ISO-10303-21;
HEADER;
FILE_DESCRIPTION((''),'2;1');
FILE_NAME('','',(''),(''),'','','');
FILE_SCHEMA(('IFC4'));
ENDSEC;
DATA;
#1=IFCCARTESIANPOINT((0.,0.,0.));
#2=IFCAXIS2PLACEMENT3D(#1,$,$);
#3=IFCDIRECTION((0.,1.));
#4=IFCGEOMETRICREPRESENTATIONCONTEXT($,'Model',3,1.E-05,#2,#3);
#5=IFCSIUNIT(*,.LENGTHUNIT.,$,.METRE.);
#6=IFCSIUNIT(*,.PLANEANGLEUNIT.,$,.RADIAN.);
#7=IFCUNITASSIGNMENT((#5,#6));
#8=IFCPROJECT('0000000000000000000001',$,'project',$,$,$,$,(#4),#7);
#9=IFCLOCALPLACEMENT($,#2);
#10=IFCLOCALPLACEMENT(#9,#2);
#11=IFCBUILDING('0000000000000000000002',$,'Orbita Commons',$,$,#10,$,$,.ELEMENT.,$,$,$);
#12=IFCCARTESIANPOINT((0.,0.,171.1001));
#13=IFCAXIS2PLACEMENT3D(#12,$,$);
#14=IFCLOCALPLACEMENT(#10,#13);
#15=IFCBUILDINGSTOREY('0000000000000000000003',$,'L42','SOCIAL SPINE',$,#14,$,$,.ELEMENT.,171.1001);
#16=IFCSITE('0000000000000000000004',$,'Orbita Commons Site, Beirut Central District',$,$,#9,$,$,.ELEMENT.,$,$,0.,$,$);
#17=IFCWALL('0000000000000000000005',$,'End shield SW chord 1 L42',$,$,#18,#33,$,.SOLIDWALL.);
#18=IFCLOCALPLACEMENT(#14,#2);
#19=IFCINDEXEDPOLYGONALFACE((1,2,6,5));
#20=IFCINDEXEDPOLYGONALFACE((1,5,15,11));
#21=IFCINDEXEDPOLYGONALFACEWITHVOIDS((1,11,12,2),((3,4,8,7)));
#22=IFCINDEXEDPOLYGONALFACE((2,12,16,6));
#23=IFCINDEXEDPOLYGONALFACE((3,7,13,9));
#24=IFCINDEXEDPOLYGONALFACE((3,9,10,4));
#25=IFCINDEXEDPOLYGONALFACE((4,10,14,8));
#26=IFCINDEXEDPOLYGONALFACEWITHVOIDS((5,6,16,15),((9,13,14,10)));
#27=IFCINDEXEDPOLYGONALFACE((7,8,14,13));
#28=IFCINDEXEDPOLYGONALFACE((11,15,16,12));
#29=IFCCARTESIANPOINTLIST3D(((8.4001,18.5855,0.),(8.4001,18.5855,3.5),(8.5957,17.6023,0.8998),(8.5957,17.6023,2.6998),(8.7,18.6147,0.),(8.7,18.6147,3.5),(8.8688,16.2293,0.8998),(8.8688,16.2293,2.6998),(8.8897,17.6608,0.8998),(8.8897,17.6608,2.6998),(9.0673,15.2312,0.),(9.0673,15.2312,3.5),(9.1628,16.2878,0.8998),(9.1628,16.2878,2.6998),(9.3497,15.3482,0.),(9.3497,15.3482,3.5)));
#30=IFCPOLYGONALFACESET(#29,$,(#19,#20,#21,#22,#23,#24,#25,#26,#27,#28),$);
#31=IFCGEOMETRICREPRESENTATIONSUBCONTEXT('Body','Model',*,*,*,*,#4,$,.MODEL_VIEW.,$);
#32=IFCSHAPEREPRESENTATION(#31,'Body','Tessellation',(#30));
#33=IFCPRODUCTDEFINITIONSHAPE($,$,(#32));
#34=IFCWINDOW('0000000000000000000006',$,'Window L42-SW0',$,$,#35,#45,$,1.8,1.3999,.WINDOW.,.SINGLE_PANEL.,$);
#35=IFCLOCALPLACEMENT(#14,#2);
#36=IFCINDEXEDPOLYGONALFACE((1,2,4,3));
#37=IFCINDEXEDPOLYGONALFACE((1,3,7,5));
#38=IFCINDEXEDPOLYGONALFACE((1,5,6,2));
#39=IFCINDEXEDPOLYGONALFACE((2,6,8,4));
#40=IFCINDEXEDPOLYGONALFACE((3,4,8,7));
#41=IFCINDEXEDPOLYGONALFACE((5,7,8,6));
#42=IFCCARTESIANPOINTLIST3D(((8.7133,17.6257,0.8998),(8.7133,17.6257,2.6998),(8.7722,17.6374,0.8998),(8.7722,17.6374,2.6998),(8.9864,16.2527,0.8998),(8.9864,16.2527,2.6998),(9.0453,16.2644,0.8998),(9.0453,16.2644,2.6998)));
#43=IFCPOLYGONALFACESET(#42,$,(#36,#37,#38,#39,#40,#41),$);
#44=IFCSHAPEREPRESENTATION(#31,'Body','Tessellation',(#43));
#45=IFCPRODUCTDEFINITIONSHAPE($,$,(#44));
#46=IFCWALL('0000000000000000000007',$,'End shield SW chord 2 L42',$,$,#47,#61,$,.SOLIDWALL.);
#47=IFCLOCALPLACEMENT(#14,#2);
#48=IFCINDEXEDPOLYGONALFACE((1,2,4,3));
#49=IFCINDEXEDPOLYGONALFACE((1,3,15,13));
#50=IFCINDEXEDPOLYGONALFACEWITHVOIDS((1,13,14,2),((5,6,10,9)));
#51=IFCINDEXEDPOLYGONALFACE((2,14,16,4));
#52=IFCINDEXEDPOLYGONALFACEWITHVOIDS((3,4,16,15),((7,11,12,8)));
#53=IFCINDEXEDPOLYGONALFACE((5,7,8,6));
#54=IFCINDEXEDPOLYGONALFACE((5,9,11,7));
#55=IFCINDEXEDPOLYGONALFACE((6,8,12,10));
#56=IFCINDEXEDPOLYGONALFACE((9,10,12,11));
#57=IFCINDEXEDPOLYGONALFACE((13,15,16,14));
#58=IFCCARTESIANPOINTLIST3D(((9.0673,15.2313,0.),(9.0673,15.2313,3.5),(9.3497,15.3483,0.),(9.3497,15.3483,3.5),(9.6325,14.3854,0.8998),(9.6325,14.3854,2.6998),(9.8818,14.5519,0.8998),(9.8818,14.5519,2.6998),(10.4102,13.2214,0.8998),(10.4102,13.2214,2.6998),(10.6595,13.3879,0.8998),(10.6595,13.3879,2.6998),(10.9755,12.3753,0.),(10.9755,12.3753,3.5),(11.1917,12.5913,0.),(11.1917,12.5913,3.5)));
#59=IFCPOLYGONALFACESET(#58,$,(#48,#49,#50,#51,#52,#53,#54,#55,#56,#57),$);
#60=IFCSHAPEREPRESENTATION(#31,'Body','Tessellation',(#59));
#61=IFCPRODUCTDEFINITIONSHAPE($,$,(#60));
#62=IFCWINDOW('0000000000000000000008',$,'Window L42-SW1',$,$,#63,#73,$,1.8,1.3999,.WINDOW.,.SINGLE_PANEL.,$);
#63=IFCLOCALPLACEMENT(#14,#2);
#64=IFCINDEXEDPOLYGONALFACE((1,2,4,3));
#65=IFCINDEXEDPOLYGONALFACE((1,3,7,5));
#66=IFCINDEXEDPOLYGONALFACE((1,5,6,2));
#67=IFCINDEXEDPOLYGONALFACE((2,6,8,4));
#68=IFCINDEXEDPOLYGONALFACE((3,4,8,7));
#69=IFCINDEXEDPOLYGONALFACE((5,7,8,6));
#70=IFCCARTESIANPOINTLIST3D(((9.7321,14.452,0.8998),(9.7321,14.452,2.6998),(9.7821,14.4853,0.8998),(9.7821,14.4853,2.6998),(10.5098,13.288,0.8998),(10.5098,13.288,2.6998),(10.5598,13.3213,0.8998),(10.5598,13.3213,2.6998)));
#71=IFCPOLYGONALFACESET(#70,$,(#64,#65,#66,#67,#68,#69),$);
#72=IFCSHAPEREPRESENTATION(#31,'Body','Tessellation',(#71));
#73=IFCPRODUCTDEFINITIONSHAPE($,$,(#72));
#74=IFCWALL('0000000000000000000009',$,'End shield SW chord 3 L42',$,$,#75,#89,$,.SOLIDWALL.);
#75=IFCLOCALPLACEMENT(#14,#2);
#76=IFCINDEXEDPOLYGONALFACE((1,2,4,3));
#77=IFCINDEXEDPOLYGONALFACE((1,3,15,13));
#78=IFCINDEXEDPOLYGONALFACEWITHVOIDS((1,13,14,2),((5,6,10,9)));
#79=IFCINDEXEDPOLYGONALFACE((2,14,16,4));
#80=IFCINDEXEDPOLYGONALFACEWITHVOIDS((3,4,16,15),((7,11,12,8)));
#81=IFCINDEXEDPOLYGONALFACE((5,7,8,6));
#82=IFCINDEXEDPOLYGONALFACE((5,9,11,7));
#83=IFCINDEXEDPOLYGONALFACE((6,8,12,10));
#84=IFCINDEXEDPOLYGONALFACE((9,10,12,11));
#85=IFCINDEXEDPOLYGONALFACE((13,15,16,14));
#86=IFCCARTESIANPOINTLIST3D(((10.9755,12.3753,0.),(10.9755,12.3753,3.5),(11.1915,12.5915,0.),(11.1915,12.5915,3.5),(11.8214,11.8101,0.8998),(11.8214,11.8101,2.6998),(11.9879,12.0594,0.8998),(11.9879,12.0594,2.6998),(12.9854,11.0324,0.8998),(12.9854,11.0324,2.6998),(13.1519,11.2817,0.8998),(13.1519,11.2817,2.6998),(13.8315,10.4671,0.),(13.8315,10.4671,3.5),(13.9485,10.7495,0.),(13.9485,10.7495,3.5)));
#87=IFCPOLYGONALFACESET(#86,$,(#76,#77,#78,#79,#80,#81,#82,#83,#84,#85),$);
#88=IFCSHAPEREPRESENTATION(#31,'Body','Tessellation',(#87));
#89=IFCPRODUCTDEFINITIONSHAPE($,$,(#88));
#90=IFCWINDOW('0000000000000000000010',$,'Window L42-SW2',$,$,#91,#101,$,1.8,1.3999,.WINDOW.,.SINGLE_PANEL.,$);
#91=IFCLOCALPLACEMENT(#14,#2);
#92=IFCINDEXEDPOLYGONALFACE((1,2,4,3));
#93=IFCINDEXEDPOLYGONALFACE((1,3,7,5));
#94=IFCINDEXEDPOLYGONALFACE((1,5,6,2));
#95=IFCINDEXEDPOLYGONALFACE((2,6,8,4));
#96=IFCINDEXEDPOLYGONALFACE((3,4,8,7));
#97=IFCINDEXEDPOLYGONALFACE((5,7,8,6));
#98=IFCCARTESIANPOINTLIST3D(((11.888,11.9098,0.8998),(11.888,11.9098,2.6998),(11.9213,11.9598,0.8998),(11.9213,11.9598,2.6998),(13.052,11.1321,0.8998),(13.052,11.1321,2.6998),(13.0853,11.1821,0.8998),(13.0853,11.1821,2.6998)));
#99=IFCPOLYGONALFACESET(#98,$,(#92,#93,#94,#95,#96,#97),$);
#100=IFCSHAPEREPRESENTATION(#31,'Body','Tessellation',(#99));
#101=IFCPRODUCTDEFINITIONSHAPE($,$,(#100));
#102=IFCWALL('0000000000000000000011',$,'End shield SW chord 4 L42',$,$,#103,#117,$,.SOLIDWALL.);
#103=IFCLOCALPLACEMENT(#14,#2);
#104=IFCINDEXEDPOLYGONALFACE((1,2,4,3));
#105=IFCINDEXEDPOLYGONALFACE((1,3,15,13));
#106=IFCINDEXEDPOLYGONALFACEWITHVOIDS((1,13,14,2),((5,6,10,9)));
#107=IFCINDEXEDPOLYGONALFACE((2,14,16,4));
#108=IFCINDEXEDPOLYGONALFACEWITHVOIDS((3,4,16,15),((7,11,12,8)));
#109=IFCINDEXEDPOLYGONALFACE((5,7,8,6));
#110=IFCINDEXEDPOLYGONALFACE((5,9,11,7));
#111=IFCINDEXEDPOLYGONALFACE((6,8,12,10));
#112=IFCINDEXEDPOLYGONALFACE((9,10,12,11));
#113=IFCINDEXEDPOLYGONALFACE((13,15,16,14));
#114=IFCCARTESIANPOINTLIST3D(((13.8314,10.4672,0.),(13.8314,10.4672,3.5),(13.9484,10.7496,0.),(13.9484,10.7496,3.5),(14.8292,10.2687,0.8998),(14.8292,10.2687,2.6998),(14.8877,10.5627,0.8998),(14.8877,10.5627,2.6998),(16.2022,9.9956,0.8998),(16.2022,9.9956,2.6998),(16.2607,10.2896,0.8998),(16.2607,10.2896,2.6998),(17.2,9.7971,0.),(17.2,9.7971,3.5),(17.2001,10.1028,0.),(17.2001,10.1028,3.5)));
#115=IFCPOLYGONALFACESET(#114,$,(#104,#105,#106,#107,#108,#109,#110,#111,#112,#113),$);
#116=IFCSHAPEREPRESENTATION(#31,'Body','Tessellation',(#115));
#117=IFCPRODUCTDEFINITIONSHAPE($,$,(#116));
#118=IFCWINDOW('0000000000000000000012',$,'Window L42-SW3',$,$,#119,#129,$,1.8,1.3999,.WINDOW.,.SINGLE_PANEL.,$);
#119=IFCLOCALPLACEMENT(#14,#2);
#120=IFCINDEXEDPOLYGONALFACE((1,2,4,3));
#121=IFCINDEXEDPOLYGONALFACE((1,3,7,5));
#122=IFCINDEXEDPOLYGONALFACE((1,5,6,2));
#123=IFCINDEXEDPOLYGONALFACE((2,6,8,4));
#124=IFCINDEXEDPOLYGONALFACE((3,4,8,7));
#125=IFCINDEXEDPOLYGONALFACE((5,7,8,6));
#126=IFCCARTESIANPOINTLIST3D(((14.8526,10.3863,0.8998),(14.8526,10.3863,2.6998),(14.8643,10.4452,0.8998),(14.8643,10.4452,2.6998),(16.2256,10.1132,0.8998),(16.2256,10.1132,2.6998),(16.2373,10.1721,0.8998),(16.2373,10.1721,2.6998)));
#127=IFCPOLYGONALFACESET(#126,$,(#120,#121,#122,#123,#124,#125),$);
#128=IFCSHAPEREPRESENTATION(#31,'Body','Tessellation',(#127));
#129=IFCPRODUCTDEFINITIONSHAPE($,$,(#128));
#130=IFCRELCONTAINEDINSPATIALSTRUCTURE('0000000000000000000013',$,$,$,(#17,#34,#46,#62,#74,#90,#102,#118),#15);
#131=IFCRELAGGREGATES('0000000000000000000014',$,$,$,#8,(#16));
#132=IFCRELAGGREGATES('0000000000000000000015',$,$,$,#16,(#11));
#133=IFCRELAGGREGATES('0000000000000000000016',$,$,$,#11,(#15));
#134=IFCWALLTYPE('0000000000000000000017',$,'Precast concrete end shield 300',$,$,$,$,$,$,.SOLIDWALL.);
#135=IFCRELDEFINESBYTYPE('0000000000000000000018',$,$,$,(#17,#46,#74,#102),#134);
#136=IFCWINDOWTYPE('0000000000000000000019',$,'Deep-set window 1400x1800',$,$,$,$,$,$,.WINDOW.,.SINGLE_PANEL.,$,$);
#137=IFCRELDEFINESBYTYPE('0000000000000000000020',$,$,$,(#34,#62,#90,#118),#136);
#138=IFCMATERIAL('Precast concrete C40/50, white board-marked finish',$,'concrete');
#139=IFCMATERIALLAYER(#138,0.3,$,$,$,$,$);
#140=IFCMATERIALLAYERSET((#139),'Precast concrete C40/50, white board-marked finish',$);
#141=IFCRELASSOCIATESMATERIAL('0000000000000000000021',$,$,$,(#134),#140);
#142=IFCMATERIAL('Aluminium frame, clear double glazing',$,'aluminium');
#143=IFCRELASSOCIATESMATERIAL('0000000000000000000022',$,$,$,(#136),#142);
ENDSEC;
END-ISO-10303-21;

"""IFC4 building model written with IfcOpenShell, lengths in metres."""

from ifc_helpers import new_model, si_unit, direction, frame, frame_2d, origin, place, context, subcontext, project, spatial, polyline, rectangle, outline, extrude, material, layer, layer_set, type_object, element, fill, save


model = new_model("IFC4")

# Units and contexts
model_context = context("Model", 3, precision=1e-05, world=origin(), true_north=direction((0.0, 1.0)))
body_context = subcontext(model_context, "Body", "Model", "MODEL_VIEW")
ifc_project = project(units=[si_unit("LENGTHUNIT", "METRE"), si_unit("PLANEANGLEUNIT", "RADIAN")], contexts=[model_context])

# Site, building, storey
site_placement = place(None, origin())
site = spatial("IfcSite", under=ifc_project, at=site_placement, Name="Orbita Commons Site, Beirut Central District", CompositionType="ELEMENT", RefElevation=0.0)
building_placement = place(site_placement, origin())
building = spatial("IfcBuilding", under=site, at=building_placement, Name="Orbita Commons", CompositionType="ELEMENT")
storey_placement = place(building_placement, frame((0.0, 0.0, 171.1001)))
storey = spatial("IfcBuildingStorey", under=building, at=storey_placement, Name="L42", Description="SOCIAL SPINE", CompositionType="ELEMENT", Elevation=171.1001)

# Walls, openings, windows
ifc_material_1 = material(Name="Precast concrete C40/50, white board-marked finish", Category="concrete")
ifc_layer_1 = layer(ifc_material_1, 0.3)
ifc_layer_set_1 = layer_set([ifc_layer_1], Name="Precast concrete C40/50, white board-marked finish")
wall_type_1 = type_object("IfcWallType", Name="Precast concrete end shield 300", PredefinedType="SOLIDWALL", material=ifc_layer_set_1)
wall_1_placement = place(storey_placement, frame((8.55, 18.6001, 0.0), z_axis=(0.0, 0.0, 1.0), x_axis=(0.195087, -0.980786, 0.0)))
wall_1 = element("IfcWall", 1, at=wall_1_placement, inside=storey, type_object=wall_type_1, Name="End shield SW chord 1 L42", PredefinedType="SOLIDWALL", context=body_context, shape_type="SweptSolid", body=[
    extrude(outline(polyline([(-0.0149, -0.1499), (3.405, -0.1499), (3.3455, 0.1499), (0.0149, 0.1499), (-0.0149, -0.1499)])), origin(), (0.0, 0.0, 1.0), 3.5),
])
opening_1_placement = place(wall_1_placement, frame((0.9875, 0.0, 0.8999)))
opening_1 = element("IfcOpeningElement", 2, at=opening_1_placement, cuts=wall_1, PredefinedType="OPENING", context=body_context, shape_type="SweptSolid", body=[
    extrude(rectangle(XDim=1.3999, YDim=1.8, at=frame_2d((0.7, 0.8999))), frame((0.0, 0.1599, 0.0), z_axis=(0.0, -1.0, 0.0), x_axis=(1.0, 0.0, 0.0)), (0.0, 0.0, 1.0), 0.3201),
])
ifc_material_2 = material(Name="Aluminium frame, clear double glazing", Category="aluminium")
window_type = type_object("IfcWindowType", Name="Deep-set window 1400x1800", PartitioningType="SINGLE_PANEL", PredefinedType="WINDOW", material=ifc_material_2)
window_1_placement = place(opening_1_placement, origin())
window_1 = element("IfcWindow", 3, at=window_1_placement, inside=storey, type_object=window_type, Name="Window L42-SW0", OverallHeight=1.8, OverallWidth=1.3999, PartitioningType="SINGLE_PANEL", PredefinedType="WINDOW", context=body_context, shape_type="SweptSolid", body=[
    extrude(rectangle(XDim=1.3999, YDim=1.8, at=frame_2d((0.7, 0.8999))), frame((0.0, 0.03, 0.0), z_axis=(0.0, -1.0, 0.0), x_axis=(1.0, 0.0, 0.0)), (0.0, 0.0, 1.0), 0.0601),
])
fill(opening_1, window_1)
wall_2_placement = place(storey_placement, frame((9.2085, 15.2898, 0.0), z_axis=(0.0, 0.0, 1.0), x_axis=(0.555535, -0.831493, 0.0)))
wall_2 = element("IfcWall", 4, at=wall_2_placement, inside=storey, type_object=wall_type_1, Name="End shield SW chord 2 L42", PredefinedType="SOLIDWALL", context=body_context, shape_type="SweptSolid", body=[
    extrude(outline(polyline([(-0.0298, -0.1499), (3.405, -0.1499), (3.3455, 0.1499), (0.0298, 0.1499), (-0.0298, -0.1499)])), origin(), (0.0, 0.0, 1.0), 3.5),
])
opening_2_placement = place(wall_2_placement, frame((0.9875, 0.0, 0.8999)))
opening_2 = element("IfcOpeningElement", 5, at=opening_2_placement, cuts=wall_2, PredefinedType="OPENING", context=body_context, shape_type="SweptSolid", body=[
    extrude(rectangle(XDim=1.3999, YDim=1.8, at=frame_2d((0.7, 0.8999))), frame((0.0, 0.1599, 0.0), z_axis=(0.0, -1.0, 0.0), x_axis=(1.0, 0.0, 0.0)), (0.0, 0.0, 1.0), 0.3201),
])
window_2_placement = place(opening_2_placement, origin())
window_2 = element("IfcWindow", 6, at=window_2_placement, inside=storey, type_object=window_type, Name="Window L42-SW1", OverallHeight=1.8, OverallWidth=1.3999, PartitioningType="SINGLE_PANEL", PredefinedType="WINDOW", context=body_context, shape_type="SweptSolid", body=[
    extrude(rectangle(XDim=1.3999, YDim=1.8, at=frame_2d((0.7, 0.8999))), frame((0.0, 0.03, 0.0), z_axis=(0.0, -1.0, 0.0), x_axis=(1.0, 0.0, 0.0)), (0.0, 0.0, 1.0), 0.0601),
])
fill(opening_2, window_2)
wall_3_placement = place(storey_placement, frame((11.0835, 12.4834, 0.0), z_axis=(0.0, 0.0, 1.0), x_axis=(0.831493, -0.555535, 0.0)))
wall_3 = element("IfcWall", 7, at=wall_3_placement, inside=storey, type_object=wall_type_1, Name="End shield SW chord 3 L42", PredefinedType="SOLIDWALL", context=body_context, shape_type="SweptSolid", body=[
    extrude(outline(polyline([(-0.0298, -0.1499), (3.405, -0.1499), (3.3455, 0.1499), (0.0298, 0.1499), (-0.0298, -0.1499)])), origin(), (0.0, 0.0, 1.0), 3.5),
])
opening_3_placement = place(wall_3_placement, frame((0.9875, 0.0, 0.8999)))
opening_3 = element("IfcOpeningElement", 8, at=opening_3_placement, cuts=wall_3, PredefinedType="OPENING", context=body_context, shape_type="SweptSolid", body=[
    extrude(rectangle(XDim=1.3999, YDim=1.8, at=frame_2d((0.7, 0.8999))), frame((0.0, 0.1599, 0.0), z_axis=(0.0, -1.0, 0.0), x_axis=(1.0, 0.0, 0.0)), (0.0, 0.0, 1.0), 0.3201),
])
window_3_placement = place(opening_3_placement, origin())
window_3 = element("IfcWindow", 9, at=window_3_placement, inside=storey, type_object=window_type, Name="Window L42-SW2", OverallHeight=1.8, OverallWidth=1.3999, PartitioningType="SINGLE_PANEL", PredefinedType="WINDOW", context=body_context, shape_type="SweptSolid", body=[
    extrude(rectangle(XDim=1.3999, YDim=1.8, at=frame_2d((0.7, 0.8999))), frame((0.0, 0.03, 0.0), z_axis=(0.0, -1.0, 0.0), x_axis=(1.0, 0.0, 0.0)), (0.0, 0.0, 1.0), 0.0601),
])
fill(opening_3, window_3)
wall_4_placement = place(storey_placement, frame((13.8899, 10.6084, 0.0), z_axis=(0.0, 0.0, 1.0), x_axis=(0.980783, -0.1951, 0.0)))
wall_4 = element("IfcWall", 10, at=wall_4_placement, inside=storey, type_object=wall_type_1, Name="End shield SW chord 4 L42", PredefinedType="SOLIDWALL", context=body_context, shape_type="SweptSolid", body=[
    extrude(outline(polyline([(-0.0298, -0.1499), (3.4048, -0.1499), (3.3452, 0.1499), (0.0298, 0.1499), (-0.0298, -0.1499)])), origin(), (0.0, 0.0, 1.0), 3.5),
])
opening_4_placement = place(wall_4_placement, frame((0.9875, 0.0, 0.8999)))
opening_4 = element("IfcOpeningElement", 11, at=opening_4_placement, cuts=wall_4, PredefinedType="OPENING", context=body_context, shape_type="SweptSolid", body=[
    extrude(rectangle(XDim=1.3999, YDim=1.8, at=frame_2d((0.7, 0.8999))), frame((0.0, 0.1599, 0.0), z_axis=(0.0, -1.0, 0.0), x_axis=(1.0, 0.0, 0.0)), (0.0, 0.0, 1.0), 0.3201),
])
window_4_placement = place(opening_4_placement, origin())
window_4 = element("IfcWindow", 12, at=window_4_placement, inside=storey, type_object=window_type, Name="Window L42-SW3", OverallHeight=1.8, OverallWidth=1.3999, PartitioningType="SINGLE_PANEL", PredefinedType="WINDOW", context=body_context, shape_type="SweptSolid", body=[
    extrude(rectangle(XDim=1.3999, YDim=1.8, at=frame_2d((0.7, 0.8999))), frame((0.0, 0.03, 0.0), z_axis=(0.0, -1.0, 0.0), x_axis=(1.0, 0.0, 0.0)), (0.0, 0.0, 1.0), 0.0601),
])
fill(opening_4, window_4)

save(model, "model.ifc")
